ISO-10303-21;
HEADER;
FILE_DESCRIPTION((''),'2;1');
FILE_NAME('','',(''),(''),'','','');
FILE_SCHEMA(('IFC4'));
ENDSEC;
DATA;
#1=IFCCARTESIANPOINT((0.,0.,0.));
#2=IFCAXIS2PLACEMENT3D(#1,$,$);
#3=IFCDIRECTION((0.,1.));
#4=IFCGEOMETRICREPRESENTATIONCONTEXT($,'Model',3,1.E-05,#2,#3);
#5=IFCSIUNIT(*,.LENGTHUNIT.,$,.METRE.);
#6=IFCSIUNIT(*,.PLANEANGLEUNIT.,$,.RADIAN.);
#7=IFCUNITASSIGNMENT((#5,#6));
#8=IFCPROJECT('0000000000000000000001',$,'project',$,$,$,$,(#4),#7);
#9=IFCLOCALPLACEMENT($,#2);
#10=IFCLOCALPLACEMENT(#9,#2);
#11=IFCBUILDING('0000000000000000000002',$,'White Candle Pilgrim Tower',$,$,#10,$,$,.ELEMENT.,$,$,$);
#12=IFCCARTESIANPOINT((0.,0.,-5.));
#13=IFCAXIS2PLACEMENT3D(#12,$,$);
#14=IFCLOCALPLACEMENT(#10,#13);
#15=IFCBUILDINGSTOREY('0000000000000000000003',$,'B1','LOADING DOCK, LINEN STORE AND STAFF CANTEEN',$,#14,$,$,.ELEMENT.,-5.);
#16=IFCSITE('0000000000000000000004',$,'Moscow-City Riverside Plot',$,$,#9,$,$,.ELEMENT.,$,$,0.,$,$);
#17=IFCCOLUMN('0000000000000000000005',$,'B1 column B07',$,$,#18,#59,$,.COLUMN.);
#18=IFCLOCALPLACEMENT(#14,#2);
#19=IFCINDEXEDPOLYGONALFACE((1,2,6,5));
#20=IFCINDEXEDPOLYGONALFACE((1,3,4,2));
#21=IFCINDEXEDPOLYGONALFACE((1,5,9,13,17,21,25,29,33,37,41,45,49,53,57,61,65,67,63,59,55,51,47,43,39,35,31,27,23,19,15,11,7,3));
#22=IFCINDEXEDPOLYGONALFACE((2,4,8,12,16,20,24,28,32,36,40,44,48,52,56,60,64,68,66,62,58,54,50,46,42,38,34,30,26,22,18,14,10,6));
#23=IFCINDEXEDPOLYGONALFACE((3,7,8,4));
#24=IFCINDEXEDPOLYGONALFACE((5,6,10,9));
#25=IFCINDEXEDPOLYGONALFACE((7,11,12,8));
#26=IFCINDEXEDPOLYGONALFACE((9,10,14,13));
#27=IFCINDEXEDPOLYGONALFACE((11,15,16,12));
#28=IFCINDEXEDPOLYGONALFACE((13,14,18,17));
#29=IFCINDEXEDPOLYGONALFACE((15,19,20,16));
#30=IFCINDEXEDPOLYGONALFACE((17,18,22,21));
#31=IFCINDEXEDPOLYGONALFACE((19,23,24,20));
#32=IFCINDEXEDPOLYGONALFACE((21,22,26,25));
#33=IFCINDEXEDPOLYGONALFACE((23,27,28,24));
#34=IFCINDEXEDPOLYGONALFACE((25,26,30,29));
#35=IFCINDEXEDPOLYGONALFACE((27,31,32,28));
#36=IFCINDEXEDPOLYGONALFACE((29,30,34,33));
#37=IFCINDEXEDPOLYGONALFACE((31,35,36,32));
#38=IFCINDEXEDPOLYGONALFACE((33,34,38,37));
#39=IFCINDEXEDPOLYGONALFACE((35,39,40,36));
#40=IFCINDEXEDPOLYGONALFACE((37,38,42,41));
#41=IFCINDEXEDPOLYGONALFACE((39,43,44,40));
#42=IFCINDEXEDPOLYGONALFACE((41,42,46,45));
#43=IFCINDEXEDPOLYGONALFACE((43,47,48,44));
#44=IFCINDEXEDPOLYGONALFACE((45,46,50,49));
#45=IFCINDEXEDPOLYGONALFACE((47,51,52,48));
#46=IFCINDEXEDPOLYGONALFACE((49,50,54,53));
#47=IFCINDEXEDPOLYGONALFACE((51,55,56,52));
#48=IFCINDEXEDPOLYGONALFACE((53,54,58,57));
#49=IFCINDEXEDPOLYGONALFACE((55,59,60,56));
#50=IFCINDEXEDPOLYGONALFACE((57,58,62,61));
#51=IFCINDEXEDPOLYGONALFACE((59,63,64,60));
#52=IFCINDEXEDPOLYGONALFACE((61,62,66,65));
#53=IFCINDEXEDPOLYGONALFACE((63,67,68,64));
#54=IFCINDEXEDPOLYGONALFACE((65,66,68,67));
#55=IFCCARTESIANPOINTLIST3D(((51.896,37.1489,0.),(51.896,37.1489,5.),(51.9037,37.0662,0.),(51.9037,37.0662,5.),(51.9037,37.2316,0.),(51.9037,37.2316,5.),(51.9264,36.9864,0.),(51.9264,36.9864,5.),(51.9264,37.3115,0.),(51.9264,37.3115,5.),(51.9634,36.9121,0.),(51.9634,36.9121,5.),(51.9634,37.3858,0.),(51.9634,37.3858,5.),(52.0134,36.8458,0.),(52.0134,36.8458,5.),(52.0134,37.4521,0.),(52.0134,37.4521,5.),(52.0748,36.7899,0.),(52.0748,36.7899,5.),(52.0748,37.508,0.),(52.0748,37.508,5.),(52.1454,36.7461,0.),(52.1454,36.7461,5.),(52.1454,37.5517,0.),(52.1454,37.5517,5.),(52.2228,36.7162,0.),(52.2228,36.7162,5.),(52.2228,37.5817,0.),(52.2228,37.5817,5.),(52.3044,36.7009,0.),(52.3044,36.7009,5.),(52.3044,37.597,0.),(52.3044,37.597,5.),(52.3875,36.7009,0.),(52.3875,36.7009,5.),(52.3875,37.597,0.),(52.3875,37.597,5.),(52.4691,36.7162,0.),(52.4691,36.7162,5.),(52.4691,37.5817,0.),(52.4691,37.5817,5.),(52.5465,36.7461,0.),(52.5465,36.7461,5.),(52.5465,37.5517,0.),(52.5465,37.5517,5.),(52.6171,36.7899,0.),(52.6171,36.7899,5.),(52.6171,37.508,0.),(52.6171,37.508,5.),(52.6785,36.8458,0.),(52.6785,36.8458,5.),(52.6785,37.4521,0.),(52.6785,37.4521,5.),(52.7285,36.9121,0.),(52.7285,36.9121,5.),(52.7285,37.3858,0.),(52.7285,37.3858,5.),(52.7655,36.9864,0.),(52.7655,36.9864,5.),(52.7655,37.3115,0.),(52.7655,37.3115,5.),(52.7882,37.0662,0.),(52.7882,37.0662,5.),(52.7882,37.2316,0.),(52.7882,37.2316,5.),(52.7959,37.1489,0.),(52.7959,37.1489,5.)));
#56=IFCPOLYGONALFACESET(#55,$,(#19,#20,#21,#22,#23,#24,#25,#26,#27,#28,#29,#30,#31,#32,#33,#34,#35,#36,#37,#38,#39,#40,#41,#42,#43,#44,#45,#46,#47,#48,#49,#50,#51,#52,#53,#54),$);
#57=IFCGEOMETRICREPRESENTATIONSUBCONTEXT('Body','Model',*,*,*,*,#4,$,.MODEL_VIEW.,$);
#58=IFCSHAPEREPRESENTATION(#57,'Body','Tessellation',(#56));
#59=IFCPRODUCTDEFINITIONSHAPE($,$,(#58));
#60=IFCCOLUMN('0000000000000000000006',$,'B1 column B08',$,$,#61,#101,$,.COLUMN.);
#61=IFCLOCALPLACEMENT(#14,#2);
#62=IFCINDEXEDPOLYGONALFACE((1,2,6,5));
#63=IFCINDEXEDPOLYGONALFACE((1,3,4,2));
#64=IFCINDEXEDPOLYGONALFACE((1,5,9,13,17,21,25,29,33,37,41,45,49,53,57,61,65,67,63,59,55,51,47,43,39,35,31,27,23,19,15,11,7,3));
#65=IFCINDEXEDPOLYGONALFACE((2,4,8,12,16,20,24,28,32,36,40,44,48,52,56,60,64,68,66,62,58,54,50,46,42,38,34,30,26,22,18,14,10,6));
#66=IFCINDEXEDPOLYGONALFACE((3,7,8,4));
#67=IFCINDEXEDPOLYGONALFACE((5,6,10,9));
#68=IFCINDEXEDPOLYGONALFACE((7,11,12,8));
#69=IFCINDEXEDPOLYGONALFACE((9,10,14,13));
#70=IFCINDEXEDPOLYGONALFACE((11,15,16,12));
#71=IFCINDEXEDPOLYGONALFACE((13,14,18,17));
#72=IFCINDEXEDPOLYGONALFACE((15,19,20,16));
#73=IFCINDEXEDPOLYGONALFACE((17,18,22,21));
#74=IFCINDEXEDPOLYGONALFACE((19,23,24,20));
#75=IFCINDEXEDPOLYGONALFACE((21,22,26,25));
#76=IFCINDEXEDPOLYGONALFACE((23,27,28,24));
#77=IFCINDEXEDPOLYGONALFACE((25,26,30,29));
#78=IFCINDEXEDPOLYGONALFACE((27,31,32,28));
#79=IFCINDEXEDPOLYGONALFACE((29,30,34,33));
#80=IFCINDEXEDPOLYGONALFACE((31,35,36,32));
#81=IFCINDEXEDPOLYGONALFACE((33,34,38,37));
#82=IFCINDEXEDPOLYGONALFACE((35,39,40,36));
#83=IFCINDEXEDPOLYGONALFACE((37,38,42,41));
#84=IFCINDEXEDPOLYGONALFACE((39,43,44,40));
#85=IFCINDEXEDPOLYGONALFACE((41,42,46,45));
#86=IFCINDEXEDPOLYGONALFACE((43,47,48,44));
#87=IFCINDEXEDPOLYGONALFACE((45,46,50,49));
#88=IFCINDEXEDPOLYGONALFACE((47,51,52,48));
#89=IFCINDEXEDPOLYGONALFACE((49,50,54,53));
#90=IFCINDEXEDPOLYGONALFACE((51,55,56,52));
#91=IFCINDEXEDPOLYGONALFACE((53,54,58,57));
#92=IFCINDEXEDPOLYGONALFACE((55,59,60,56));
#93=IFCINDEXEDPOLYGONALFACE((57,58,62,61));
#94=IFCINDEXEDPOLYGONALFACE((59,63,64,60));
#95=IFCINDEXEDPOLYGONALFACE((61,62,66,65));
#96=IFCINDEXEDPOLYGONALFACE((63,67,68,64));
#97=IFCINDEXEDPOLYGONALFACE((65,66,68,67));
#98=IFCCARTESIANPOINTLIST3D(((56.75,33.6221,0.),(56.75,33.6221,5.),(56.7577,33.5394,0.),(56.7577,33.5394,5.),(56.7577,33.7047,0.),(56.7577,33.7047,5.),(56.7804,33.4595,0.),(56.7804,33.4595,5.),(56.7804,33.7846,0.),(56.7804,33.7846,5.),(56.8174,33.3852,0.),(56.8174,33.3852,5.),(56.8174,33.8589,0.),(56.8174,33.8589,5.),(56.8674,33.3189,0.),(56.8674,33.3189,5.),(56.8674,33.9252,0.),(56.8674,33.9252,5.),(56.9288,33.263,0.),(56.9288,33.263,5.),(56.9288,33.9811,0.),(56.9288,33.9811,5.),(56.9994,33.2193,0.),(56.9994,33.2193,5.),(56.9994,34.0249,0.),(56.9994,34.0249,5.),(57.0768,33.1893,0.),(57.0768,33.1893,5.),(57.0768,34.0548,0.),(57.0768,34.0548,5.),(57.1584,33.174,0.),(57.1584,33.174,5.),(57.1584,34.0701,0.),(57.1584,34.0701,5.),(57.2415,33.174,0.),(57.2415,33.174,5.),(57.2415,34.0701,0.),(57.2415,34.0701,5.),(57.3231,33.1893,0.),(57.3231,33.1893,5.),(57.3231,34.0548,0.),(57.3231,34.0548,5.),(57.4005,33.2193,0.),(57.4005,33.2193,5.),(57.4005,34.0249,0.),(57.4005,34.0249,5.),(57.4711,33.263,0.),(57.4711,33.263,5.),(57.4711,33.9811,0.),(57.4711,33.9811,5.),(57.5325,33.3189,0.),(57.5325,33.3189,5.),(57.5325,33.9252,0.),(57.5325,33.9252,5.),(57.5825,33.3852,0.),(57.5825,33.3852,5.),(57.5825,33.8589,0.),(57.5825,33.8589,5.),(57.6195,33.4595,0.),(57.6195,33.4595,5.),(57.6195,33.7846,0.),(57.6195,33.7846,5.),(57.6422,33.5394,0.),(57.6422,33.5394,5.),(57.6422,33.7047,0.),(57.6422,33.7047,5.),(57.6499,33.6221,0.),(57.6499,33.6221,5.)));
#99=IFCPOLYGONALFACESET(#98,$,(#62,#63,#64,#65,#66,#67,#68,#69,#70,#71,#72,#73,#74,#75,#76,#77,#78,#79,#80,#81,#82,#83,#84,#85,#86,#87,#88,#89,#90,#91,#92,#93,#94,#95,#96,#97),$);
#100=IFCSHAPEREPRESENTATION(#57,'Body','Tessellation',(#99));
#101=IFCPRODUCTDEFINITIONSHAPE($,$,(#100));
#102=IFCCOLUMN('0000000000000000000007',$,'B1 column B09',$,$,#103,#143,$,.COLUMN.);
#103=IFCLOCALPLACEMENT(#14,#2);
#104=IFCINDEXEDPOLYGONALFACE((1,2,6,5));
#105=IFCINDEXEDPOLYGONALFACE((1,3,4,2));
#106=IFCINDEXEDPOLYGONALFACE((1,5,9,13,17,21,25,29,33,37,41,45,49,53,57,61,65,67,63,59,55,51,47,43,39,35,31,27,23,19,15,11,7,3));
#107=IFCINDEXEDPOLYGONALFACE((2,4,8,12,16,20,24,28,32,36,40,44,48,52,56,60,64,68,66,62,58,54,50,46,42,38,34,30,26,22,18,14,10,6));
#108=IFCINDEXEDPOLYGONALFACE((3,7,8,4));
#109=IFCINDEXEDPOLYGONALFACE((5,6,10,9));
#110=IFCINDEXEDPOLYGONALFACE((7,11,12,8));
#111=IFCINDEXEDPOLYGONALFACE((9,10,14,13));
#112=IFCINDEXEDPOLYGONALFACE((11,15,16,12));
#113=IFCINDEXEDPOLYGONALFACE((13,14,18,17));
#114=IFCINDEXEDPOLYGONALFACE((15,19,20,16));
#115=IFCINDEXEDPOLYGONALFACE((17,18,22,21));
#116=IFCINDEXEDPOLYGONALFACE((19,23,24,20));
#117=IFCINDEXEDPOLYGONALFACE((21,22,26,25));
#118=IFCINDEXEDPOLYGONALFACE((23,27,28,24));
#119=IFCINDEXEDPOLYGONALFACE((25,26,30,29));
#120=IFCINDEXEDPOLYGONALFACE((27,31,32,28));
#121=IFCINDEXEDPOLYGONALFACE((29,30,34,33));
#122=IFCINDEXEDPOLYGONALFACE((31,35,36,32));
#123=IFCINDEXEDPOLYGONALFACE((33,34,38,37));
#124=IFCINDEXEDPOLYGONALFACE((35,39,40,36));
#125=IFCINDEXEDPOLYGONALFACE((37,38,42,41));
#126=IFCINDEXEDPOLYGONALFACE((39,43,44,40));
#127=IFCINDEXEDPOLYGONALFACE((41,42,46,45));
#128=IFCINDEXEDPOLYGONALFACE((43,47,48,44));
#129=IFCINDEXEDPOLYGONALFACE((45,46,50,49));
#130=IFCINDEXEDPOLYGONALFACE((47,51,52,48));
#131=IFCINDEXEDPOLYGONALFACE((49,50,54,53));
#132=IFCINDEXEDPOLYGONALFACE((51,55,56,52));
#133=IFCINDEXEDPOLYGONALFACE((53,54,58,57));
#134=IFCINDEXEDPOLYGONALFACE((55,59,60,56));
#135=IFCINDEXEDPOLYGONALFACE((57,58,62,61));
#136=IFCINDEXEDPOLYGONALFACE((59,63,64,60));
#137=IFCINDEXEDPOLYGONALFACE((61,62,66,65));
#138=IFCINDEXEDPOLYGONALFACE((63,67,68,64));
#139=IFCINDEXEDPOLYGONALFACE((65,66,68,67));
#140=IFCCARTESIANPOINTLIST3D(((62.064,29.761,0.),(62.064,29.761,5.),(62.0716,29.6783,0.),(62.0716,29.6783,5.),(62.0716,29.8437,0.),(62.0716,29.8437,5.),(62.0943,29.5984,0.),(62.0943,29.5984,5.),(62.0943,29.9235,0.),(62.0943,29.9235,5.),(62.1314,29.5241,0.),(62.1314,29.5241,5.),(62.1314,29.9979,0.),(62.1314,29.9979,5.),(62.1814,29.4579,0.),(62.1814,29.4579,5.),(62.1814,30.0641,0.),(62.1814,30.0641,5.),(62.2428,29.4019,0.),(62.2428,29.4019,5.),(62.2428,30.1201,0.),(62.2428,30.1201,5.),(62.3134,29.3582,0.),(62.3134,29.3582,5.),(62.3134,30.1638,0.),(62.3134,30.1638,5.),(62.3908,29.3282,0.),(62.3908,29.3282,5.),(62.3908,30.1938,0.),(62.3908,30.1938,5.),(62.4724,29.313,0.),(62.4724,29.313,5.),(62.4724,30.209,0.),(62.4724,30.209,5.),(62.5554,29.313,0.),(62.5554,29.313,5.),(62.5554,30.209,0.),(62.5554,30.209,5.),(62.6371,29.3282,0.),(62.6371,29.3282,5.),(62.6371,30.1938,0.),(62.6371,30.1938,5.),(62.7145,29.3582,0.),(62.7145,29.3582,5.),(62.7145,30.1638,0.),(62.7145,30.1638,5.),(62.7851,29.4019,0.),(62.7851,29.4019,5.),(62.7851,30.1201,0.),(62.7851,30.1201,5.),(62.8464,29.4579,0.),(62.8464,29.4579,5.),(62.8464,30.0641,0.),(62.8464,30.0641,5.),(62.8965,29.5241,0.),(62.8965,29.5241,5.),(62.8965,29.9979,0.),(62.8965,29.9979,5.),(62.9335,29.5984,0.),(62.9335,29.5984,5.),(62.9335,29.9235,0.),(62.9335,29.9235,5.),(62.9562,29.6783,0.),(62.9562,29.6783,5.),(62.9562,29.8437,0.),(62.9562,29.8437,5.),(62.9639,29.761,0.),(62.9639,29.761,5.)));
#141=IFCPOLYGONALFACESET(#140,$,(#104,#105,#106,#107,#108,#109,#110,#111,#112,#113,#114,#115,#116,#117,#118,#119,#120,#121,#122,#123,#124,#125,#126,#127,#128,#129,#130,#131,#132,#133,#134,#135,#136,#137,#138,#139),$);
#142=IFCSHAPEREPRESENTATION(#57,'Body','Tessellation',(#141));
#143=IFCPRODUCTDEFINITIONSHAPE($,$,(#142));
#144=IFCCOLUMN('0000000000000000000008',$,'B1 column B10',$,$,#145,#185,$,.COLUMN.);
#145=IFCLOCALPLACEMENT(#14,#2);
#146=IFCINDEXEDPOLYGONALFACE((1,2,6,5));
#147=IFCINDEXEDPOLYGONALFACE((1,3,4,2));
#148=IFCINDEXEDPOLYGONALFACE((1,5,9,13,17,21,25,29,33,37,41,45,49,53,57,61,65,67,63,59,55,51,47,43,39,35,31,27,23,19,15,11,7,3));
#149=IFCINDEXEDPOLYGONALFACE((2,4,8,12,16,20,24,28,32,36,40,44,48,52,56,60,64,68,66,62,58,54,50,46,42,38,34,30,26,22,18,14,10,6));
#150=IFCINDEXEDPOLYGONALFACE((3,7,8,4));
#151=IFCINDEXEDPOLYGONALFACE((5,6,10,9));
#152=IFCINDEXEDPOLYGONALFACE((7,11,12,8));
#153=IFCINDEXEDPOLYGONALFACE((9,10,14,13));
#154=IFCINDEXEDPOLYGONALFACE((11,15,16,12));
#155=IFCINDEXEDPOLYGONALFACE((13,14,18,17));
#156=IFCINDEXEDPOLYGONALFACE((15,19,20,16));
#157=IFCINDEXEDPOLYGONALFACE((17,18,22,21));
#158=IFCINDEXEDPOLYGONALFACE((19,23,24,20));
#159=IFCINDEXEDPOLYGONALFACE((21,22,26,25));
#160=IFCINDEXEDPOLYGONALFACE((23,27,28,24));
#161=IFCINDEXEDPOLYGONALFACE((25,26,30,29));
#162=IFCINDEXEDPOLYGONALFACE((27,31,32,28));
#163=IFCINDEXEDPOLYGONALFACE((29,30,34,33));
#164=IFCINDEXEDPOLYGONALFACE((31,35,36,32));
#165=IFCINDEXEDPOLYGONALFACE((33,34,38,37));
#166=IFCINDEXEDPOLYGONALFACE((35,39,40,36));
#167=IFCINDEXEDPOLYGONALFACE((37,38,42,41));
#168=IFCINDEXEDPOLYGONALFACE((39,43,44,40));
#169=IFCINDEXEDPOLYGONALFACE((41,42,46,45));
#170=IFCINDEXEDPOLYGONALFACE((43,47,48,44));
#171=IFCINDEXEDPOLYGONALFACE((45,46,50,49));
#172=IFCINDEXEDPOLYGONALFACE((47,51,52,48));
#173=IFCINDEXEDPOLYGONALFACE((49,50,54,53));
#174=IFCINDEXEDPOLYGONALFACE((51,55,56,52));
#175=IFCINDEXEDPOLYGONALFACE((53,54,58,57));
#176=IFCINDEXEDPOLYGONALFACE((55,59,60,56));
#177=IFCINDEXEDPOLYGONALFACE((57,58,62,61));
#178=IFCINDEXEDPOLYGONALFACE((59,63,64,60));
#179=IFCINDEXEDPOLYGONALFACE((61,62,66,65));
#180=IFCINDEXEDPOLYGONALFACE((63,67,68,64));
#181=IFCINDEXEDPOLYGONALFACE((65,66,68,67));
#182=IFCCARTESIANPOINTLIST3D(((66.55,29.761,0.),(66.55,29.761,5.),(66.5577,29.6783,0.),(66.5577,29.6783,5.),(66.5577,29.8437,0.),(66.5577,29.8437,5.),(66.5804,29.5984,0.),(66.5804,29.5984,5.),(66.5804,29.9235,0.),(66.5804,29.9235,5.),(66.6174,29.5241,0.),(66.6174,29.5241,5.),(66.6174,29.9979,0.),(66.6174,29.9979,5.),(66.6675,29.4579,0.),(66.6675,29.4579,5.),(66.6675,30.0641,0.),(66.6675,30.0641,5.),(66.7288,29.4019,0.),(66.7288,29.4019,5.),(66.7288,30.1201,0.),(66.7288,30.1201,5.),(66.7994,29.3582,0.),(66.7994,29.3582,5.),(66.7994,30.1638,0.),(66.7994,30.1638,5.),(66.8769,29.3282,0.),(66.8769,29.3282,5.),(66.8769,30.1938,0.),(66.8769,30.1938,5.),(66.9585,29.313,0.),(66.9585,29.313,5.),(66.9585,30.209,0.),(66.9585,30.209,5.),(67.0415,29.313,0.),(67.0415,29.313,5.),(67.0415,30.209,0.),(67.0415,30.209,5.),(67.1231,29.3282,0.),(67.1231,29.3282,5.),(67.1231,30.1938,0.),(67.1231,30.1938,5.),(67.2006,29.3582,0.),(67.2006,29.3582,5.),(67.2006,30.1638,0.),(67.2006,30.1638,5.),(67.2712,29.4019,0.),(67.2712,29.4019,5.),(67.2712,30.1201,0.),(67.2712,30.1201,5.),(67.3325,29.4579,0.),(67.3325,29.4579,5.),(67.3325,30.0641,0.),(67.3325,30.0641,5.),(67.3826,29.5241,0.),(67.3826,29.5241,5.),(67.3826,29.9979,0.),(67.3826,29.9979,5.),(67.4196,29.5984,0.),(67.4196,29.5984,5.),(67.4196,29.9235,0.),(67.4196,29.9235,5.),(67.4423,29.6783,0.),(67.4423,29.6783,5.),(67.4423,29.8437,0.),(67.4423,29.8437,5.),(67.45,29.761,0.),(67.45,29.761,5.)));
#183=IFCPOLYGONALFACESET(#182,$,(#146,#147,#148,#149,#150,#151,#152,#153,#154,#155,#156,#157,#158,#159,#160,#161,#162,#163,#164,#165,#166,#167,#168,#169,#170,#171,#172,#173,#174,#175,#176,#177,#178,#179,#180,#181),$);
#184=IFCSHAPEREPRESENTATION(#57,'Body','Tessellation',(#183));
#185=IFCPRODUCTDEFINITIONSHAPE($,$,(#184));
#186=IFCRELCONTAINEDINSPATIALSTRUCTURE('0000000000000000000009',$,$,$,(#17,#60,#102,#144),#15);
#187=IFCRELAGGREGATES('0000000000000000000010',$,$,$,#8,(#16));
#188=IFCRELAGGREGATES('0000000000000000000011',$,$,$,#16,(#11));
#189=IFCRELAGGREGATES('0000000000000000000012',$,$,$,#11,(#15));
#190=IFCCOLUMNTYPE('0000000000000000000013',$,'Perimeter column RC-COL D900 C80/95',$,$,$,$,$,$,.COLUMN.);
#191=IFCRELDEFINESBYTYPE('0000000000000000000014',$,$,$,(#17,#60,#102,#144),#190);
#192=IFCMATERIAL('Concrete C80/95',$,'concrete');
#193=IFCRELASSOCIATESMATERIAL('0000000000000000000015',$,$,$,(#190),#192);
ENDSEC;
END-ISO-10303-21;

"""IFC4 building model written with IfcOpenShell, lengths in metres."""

from ifc_helpers import new_model, si_unit, direction, frame, origin, origin_2d, place, context, subcontext, project, spatial, circle, extrude, material, material_profile, profile_set, type_object, element, save


model = new_model("IFC4")

# Units and contexts
model_context = context("Model", 3, precision=1e-05, world=origin(), true_north=direction((0.0, 1.0)))
body_context = subcontext(model_context, "Body", "Model", "MODEL_VIEW")
ifc_project = project(units=[si_unit("LENGTHUNIT", "METRE"), si_unit("PLANEANGLEUNIT", "RADIAN")], contexts=[model_context])

# Site, building, storey
site_placement = place(None, origin())
site = spatial("IfcSite", under=ifc_project, at=site_placement, Name="Moscow-City Riverside Plot", CompositionType="ELEMENT", RefElevation=0.0)
building_placement = place(site_placement, origin())
building = spatial("IfcBuilding", under=site, at=building_placement, Name="White Candle Pilgrim Tower", CompositionType="ELEMENT")
storey_placement = place(building_placement, frame((0.0, 0.0, -5.0)))
storey = spatial("IfcBuildingStorey", under=building, at=storey_placement, Name="B1", Description="LOADING DOCK, LINEN STORE AND STAFF CANTEEN", CompositionType="ELEMENT", Elevation=-5.0)

# Columns
ifc_material_1 = material(Name="Concrete C80/95", Category="concrete")
ifc_material_profile_1 = material_profile(ifc_material_1, circle(Radius=0.45, at=origin_2d()), Name="RC-COL D900")
ifc_profile_set_1 = profile_set([ifc_material_profile_1], Name="Concrete C80/95")
column_type = type_object("IfcColumnType", Name="Perimeter column RC-COL D900 C80/95", PredefinedType="COLUMN", material=ifc_profile_set_1)
for number, where, z_axis, x_axis, name in (
    (1, (52.3459, 37.1489, 0.0), (0.0, 0.0, 1.0), (1.0, 0.0, 0.0), "B1 column B07"),
    (2, (57.2, 33.6221, 0.0), (0.0, 0.0, 1.0), (1.0, 0.0, 0.0), "B1 column B08"),
    (3, (62.5139, 29.761, 0.0), (0.0, 0.0, 1.0), (1.0, 0.0, 0.0), "B1 column B09"),
    (4, (67.0, 29.761, 0.0), (0.0, 0.0, 1.0), (1.0, 0.0, 0.0), "B1 column B10"),
):
    element("IfcColumn", number, at=place(storey_placement, frame(where, z_axis=z_axis, x_axis=x_axis)), inside=storey, type_object=column_type, Name=name, PredefinedType="COLUMN", context=body_context, shape_type="SweptSolid", body=[
        extrude(circle(Radius=0.45, at=origin_2d()), origin(), (0.0, 0.0, 1.0), 5.0),
    ])

save(model, "model.ifc")
